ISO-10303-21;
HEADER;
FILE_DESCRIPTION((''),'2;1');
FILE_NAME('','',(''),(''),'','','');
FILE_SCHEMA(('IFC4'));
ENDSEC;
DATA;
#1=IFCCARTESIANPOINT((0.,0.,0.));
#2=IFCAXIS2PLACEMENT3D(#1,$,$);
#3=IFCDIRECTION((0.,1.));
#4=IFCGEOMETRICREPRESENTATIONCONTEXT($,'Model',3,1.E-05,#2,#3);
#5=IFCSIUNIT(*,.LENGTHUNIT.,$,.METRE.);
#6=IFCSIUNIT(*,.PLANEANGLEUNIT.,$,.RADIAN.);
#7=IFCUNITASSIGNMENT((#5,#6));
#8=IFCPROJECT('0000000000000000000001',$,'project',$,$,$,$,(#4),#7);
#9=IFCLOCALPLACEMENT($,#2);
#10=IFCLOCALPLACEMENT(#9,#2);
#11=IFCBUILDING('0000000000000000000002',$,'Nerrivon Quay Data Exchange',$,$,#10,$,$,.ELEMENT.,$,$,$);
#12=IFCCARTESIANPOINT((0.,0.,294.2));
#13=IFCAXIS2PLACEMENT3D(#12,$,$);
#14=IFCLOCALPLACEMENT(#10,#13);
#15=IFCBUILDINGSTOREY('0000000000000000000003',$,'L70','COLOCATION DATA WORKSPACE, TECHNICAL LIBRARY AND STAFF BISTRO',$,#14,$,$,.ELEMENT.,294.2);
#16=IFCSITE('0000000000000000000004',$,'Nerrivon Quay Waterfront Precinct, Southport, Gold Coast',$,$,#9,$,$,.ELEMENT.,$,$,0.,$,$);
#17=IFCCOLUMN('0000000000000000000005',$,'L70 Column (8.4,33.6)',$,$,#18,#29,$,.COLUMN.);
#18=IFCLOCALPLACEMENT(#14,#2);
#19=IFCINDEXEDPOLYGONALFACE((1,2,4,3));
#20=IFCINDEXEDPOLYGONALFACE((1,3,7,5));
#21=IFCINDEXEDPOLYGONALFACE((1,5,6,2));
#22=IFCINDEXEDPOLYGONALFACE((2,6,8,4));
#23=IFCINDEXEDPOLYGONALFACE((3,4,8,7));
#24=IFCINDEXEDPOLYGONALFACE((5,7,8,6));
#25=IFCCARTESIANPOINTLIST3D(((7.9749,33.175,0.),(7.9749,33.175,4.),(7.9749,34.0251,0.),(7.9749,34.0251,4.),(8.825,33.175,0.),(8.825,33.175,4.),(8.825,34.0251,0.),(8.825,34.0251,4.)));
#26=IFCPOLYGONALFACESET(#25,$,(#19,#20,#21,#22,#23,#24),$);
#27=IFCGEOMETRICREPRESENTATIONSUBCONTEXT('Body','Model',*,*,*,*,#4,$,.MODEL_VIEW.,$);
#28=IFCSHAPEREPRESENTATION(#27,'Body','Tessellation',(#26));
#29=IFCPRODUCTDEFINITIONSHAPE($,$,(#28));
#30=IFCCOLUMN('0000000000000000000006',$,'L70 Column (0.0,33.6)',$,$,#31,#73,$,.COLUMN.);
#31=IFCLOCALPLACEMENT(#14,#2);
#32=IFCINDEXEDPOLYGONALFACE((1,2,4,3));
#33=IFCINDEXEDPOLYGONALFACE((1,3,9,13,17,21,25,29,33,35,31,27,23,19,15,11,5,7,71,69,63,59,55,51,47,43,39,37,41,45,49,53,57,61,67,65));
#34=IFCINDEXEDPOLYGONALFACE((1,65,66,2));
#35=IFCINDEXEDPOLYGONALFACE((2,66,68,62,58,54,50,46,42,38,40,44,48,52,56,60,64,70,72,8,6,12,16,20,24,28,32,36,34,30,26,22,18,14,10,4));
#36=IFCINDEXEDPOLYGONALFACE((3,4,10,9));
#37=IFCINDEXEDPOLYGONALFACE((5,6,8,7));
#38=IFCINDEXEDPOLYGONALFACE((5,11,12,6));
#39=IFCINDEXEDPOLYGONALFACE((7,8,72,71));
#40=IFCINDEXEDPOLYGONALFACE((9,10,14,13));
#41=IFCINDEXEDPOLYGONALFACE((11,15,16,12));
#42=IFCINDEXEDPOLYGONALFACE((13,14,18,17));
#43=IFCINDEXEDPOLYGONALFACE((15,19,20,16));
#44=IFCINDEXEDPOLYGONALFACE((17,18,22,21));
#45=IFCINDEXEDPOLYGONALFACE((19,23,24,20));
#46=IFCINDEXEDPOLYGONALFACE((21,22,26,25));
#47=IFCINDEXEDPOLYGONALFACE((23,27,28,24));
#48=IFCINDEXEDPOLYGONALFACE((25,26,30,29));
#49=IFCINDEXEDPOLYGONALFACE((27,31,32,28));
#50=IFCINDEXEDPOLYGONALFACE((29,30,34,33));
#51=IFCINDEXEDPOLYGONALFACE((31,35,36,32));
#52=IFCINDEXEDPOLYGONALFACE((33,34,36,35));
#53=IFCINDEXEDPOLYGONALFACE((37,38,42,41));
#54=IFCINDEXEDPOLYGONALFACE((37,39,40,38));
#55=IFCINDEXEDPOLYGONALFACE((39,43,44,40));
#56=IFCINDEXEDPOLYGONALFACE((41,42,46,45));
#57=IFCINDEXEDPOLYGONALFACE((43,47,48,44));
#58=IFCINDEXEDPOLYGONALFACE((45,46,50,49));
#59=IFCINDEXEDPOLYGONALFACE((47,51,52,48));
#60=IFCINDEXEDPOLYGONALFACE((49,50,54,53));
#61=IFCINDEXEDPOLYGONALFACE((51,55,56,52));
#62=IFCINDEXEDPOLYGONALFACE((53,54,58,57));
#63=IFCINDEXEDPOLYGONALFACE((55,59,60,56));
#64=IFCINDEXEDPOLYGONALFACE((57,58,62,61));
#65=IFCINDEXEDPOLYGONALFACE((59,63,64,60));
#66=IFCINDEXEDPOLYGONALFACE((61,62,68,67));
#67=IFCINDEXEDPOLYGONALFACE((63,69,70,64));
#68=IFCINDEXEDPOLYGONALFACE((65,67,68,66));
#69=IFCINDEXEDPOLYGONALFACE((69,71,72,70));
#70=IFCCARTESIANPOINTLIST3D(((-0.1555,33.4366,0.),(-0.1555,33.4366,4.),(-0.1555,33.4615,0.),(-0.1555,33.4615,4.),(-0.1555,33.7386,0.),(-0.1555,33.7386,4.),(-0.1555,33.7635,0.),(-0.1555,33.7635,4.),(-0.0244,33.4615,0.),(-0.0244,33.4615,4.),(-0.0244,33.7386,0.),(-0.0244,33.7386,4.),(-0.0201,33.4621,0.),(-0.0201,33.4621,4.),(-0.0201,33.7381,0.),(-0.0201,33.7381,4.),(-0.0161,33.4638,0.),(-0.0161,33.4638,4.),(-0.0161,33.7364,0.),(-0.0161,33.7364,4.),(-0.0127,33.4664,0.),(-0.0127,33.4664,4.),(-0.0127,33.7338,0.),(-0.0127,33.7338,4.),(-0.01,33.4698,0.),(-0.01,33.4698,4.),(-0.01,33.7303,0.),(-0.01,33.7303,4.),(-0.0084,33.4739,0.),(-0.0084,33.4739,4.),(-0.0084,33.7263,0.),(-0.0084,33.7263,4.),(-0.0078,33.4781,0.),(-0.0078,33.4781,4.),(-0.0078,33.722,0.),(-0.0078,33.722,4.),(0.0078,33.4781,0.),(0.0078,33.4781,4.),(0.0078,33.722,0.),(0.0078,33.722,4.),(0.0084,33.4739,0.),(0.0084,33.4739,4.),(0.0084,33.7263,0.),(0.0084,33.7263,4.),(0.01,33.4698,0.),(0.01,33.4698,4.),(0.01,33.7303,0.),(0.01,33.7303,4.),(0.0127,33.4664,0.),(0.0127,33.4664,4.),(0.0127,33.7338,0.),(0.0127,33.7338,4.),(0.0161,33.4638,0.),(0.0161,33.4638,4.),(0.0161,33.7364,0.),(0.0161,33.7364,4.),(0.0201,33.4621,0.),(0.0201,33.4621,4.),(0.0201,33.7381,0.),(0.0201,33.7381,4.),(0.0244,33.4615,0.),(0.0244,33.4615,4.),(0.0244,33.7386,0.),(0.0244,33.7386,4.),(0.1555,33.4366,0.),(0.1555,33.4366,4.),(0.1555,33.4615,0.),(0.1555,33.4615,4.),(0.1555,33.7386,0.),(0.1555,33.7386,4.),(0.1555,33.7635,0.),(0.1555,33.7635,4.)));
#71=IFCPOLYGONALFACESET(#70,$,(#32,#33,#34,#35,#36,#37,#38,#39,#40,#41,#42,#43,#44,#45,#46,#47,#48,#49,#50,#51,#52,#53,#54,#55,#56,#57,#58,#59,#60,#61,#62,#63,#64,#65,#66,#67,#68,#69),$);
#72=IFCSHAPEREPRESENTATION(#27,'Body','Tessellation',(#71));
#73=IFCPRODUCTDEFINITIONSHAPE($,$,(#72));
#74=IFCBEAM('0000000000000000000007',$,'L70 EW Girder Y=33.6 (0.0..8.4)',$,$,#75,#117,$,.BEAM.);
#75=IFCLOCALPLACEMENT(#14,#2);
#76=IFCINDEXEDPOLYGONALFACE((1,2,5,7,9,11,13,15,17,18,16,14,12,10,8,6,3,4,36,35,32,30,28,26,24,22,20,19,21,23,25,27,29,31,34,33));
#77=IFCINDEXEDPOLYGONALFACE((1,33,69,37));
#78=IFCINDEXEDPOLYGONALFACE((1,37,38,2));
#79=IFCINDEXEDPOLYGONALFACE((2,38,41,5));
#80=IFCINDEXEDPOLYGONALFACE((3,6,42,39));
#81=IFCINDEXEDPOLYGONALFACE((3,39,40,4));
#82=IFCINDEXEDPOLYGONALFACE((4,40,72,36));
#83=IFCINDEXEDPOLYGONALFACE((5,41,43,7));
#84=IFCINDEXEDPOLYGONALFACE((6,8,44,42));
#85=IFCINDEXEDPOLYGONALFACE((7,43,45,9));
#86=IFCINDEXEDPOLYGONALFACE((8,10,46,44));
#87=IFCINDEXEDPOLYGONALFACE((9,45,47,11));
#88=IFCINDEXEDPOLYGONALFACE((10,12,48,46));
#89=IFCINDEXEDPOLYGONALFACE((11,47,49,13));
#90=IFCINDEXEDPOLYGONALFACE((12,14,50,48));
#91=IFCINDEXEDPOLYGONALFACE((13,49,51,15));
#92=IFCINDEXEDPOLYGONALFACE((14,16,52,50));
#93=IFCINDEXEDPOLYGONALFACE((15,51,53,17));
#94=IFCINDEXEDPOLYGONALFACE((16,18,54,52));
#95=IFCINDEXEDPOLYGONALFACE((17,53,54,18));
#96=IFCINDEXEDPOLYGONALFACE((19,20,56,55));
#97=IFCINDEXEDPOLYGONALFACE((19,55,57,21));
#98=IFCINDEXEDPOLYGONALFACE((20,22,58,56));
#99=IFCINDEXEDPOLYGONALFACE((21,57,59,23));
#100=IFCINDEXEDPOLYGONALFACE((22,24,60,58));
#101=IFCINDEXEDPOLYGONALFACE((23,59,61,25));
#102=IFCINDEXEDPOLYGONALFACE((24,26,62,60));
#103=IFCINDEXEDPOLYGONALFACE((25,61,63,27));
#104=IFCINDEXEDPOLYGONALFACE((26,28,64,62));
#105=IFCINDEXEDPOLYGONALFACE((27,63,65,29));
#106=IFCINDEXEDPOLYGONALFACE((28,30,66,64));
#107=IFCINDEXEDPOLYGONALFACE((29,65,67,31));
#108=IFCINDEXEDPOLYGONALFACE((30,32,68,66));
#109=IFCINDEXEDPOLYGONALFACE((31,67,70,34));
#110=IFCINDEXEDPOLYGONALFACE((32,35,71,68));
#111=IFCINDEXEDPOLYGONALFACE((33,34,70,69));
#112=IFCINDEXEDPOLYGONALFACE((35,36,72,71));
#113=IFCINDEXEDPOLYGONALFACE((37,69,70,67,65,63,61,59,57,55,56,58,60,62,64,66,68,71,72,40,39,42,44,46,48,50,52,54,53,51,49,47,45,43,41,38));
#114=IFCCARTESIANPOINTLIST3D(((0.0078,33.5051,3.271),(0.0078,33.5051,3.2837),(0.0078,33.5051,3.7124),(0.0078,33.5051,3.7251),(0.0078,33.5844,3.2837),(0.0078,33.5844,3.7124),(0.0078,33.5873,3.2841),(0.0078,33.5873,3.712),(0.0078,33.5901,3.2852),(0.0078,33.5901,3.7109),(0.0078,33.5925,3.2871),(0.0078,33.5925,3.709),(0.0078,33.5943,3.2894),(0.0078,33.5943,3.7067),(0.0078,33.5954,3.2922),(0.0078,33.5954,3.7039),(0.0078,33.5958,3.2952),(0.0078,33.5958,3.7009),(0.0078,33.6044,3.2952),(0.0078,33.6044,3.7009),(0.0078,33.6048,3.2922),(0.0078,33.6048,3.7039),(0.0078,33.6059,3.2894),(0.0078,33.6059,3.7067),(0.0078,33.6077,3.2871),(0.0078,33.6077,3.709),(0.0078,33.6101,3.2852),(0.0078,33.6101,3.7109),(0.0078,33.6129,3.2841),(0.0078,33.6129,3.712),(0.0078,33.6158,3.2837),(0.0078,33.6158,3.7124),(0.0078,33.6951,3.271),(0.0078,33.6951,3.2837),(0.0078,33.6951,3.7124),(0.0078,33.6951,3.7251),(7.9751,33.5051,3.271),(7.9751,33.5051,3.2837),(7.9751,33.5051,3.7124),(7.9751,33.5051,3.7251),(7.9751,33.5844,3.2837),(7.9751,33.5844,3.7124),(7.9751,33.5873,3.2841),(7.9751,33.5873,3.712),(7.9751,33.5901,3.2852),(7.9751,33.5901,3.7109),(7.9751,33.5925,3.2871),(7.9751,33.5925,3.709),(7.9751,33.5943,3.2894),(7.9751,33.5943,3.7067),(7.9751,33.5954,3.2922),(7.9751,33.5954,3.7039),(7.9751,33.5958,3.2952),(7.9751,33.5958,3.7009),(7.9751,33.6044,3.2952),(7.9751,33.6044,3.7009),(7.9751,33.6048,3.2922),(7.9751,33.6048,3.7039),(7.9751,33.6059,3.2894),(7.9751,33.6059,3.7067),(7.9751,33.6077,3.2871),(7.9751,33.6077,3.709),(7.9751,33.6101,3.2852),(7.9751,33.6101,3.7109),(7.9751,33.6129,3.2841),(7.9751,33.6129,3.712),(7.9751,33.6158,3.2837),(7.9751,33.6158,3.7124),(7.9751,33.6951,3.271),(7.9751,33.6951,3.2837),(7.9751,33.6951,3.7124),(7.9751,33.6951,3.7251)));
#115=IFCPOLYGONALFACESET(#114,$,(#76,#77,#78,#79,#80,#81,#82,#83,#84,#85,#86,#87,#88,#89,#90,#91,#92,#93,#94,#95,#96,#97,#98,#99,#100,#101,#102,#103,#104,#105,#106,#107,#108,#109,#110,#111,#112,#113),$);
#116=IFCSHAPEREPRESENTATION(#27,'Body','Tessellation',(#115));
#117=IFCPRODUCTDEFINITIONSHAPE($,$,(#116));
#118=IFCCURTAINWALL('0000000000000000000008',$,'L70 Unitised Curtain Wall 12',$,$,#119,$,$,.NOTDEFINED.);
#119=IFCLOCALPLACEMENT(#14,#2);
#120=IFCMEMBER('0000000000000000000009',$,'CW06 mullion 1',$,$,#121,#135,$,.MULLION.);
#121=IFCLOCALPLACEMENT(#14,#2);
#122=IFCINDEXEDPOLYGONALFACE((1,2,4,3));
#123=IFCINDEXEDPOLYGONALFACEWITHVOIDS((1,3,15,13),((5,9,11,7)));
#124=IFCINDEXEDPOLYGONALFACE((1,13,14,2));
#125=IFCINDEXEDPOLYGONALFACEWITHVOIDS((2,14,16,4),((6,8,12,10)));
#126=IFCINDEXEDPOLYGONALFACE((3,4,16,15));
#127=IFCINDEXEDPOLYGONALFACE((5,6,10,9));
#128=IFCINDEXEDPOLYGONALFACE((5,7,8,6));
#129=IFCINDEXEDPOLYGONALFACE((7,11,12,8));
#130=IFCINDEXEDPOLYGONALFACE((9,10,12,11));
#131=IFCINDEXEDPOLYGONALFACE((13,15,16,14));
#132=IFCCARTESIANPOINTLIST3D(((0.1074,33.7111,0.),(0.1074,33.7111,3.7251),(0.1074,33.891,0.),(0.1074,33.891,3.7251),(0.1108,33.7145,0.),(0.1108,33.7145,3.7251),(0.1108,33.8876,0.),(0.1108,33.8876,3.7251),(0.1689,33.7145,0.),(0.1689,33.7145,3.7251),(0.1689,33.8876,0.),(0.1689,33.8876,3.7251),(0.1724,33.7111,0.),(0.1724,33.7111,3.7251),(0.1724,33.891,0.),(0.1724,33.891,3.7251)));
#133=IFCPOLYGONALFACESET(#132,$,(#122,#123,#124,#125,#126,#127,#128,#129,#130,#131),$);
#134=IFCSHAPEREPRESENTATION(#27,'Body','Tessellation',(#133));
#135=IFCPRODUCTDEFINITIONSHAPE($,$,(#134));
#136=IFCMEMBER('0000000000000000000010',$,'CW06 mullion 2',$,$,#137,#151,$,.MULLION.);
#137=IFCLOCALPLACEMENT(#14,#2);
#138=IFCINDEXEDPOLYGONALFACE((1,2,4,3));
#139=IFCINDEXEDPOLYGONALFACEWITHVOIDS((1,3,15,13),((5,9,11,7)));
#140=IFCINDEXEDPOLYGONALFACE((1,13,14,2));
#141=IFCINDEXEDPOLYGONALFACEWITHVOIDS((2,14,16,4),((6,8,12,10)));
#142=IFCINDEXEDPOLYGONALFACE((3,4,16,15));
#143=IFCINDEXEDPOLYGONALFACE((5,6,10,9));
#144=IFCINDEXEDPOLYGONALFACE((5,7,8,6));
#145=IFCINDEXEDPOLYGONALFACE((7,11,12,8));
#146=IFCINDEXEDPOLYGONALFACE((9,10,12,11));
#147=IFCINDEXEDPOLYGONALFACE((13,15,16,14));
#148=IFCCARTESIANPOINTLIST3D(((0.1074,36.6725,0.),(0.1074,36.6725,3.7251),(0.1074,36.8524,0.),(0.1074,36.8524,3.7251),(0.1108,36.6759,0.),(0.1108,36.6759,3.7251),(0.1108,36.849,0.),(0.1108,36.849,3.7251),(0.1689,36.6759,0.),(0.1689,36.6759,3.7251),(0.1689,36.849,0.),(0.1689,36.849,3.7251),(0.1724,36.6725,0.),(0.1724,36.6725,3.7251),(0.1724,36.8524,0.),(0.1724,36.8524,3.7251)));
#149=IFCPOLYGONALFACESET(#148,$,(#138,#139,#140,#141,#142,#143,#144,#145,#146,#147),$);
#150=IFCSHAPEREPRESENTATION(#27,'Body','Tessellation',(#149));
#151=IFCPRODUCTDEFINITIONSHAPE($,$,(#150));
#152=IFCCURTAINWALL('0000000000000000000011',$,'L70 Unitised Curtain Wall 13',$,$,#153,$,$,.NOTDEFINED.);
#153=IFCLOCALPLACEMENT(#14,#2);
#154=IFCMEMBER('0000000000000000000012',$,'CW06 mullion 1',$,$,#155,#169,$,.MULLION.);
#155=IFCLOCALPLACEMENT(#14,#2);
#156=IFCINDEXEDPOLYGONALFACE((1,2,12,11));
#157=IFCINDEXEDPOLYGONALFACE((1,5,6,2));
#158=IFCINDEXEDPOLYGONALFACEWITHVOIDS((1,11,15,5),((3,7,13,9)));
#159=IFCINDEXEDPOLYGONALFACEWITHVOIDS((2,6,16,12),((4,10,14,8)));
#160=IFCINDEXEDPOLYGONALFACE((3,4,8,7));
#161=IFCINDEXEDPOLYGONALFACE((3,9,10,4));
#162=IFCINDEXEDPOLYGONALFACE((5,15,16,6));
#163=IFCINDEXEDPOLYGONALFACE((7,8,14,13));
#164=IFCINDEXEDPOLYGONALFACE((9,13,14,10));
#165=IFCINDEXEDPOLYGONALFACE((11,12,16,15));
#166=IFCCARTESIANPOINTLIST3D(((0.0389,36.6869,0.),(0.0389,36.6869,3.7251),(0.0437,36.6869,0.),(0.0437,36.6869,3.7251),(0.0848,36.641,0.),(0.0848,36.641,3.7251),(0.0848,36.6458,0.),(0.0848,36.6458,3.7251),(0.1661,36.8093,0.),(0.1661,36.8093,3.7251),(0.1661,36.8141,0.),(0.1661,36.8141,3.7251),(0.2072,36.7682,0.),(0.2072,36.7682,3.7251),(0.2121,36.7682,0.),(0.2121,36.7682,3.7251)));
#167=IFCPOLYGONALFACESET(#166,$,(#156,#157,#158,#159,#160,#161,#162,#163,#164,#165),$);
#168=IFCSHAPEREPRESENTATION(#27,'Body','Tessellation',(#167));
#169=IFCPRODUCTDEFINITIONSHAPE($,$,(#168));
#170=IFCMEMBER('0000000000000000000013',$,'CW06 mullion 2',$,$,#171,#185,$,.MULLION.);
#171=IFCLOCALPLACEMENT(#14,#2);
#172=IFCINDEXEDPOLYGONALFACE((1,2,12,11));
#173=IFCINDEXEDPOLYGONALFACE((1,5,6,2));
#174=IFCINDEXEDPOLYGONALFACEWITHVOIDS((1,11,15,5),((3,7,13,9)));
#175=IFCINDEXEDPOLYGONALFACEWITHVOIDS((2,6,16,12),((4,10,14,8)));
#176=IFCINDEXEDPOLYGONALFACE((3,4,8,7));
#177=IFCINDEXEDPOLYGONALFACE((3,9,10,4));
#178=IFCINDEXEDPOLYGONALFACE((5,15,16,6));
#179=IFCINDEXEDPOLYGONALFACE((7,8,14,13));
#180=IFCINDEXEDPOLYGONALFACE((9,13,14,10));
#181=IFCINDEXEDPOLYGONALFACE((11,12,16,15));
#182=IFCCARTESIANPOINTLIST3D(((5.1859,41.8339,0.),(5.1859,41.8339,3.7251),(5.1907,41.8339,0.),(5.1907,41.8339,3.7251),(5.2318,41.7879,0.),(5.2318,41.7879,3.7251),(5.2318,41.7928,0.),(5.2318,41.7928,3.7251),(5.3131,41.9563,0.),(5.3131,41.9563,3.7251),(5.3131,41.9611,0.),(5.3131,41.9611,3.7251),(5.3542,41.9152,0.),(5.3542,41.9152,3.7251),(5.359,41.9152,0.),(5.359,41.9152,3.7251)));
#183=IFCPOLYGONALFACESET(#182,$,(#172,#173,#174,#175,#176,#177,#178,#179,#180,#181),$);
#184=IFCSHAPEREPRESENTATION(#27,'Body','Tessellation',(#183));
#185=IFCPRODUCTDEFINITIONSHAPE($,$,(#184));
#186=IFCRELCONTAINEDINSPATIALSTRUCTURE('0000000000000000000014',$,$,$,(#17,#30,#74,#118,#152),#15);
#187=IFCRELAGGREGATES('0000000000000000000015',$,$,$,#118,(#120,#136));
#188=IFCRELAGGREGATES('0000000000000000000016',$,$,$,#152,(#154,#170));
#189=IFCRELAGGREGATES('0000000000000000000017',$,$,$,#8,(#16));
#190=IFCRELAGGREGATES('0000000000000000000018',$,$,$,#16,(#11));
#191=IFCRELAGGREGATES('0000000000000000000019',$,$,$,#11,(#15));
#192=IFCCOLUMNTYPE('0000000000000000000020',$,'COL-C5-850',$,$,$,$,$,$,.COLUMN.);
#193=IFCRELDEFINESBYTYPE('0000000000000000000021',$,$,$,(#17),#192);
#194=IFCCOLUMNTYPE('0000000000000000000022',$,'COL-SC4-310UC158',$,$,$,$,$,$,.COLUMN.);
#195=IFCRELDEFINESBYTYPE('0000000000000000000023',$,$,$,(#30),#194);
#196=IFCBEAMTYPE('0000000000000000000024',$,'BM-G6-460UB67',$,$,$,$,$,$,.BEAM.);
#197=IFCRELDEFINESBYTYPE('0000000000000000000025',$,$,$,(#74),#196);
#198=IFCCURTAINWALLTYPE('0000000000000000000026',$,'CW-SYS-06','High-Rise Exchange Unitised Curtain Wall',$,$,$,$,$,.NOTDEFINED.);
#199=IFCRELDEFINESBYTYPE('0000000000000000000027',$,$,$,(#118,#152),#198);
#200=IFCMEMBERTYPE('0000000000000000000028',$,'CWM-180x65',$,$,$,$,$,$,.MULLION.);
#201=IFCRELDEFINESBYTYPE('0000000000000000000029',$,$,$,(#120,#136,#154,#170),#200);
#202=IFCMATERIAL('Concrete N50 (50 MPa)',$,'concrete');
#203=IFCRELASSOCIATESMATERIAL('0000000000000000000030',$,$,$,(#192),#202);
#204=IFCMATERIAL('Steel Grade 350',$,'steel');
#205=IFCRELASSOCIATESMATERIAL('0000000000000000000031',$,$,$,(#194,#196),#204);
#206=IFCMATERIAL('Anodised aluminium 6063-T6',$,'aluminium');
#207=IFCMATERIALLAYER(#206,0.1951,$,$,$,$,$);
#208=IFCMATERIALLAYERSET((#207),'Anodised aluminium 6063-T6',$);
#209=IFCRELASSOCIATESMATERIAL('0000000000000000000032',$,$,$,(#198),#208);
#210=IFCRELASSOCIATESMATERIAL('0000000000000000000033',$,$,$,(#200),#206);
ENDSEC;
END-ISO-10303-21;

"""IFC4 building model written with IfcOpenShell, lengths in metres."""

from ifc_helpers import new_model, si_unit, direction, frame, origin, origin_2d, place, context, subcontext, project, spatial, rectangle, hollow_rectangle, i_section, extrude, material, layer, layer_set, material_profile, profile_set, type_object, element, aggregate, save


model = new_model("IFC4")

# Units and contexts
model_context = context("Model", 3, precision=1e-05, world=origin(), true_north=direction((0.0, 1.0)))
body_context = subcontext(model_context, "Body", "Model", "MODEL_VIEW")
ifc_project = project(units=[si_unit("LENGTHUNIT", "METRE"), si_unit("PLANEANGLEUNIT", "RADIAN")], contexts=[model_context])

# Site, building, storey
site_placement = place(None, origin())
site = spatial("IfcSite", under=ifc_project, at=site_placement, Name="Nerrivon Quay Waterfront Precinct, Southport, Gold Coast", CompositionType="ELEMENT", RefElevation=0.0)
building_placement = place(site_placement, origin())
building = spatial("IfcBuilding", under=site, at=building_placement, Name="Nerrivon Quay Data Exchange", CompositionType="ELEMENT")
storey_placement = place(building_placement, frame((0.0, 0.0, 294.2)))
storey = spatial("IfcBuildingStorey", under=building, at=storey_placement, Name="L70", Description="COLOCATION DATA WORKSPACE, TECHNICAL LIBRARY AND STAFF BISTRO", CompositionType="ELEMENT", Elevation=294.2)

# Columns
ifc_material_1 = material(Name="Concrete N50 (50 MPa)", Category="concrete")
ifc_material_profile_1 = material_profile(ifc_material_1, rectangle(XDim=0.8501, YDim=0.8501, at=origin_2d()), Name="RC-COL-850x850")
ifc_profile_set_1 = profile_set([ifc_material_profile_1], Name="Concrete N50 (50 MPa)")
column_type_1 = type_object("IfcColumnType", Name="COL-C5-850", PredefinedType="COLUMN", material=ifc_profile_set_1)
column_1_placement = place(storey_placement, frame((8.3999, 33.6001, 0.0), z_axis=(0.0, 0.0, 1.0), x_axis=(1.0, 0.0, 0.0)))
element("IfcColumn", 1, at=column_1_placement, inside=storey, type_object=column_type_1, Name="L70 Column (8.4,33.6)", PredefinedType="COLUMN", context=body_context, shape_type="SweptSolid", body=[
    extrude(rectangle(XDim=0.8501, YDim=0.8501, at=origin_2d()), origin(), (0.0, 0.0, 1.0), 4.0),
])
ifc_material_2 = material(Name="Steel Grade 350", Category="steel")
ifc_material_profile_2 = material_profile(ifc_material_2, i_section(OverallWidth=0.311, OverallDepth=0.3269, WebThickness=0.0156, FlangeThickness=0.0249, FilletRadius=0.0166, at=origin_2d()), Name="310UC158")
ifc_profile_set_2 = profile_set([ifc_material_profile_2], Name="Steel Grade 350")
column_type_2 = type_object("IfcColumnType", Name="COL-SC4-310UC158", PredefinedType="COLUMN", material=ifc_profile_set_2)
column_2_placement = place(storey_placement, frame((0.0, 33.6001, 0.0), z_axis=(0.0, 0.0, 1.0), x_axis=(1.0, 0.0, 0.0)))
element("IfcColumn", 2, at=column_2_placement, inside=storey, type_object=column_type_2, Name="L70 Column (0.0,33.6)", PredefinedType="COLUMN", context=body_context, shape_type="SweptSolid", body=[
    extrude(i_section(OverallWidth=0.311, OverallDepth=0.3269, WebThickness=0.0156, FlangeThickness=0.0249, FilletRadius=0.0166, at=origin_2d()), origin(), (0.0, 0.0, 1.0), 4.0),
])

# Beam
ifc_material_profile_3 = material_profile(ifc_material_2, i_section(OverallWidth=0.1899, OverallDepth=0.4541, WebThickness=0.0085, FlangeThickness=0.0127, FilletRadius=0.0115, at=origin_2d()), Name="460UB67.1")
ifc_profile_set_3 = profile_set([ifc_material_profile_3], Name="Steel Grade 350")
beam_type = type_object("IfcBeamType", Name="BM-G6-460UB67", PredefinedType="BEAM", material=ifc_profile_set_3)
beam_placement = place(storey_placement, frame((0.0078, 33.6001, 3.498), z_axis=(1.0, 0.0, 0.0), x_axis=(0.0, 1.0, 0.0)))
element("IfcBeam", 3, at=beam_placement, inside=storey, type_object=beam_type, Name="L70 EW Girder Y=33.6 (0.0..8.4)", PredefinedType="BEAM", context=body_context, shape_type="SweptSolid", body=[
    extrude(i_section(OverallWidth=0.1899, OverallDepth=0.4541, WebThickness=0.0085, FlangeThickness=0.0127, FilletRadius=0.0115, at=origin_2d()), origin(), (0.0, 0.0, 1.0), 7.9673),
])

# Curtain walls, members
ifc_material_3 = material(Name="Anodised aluminium 6063-T6", Category="aluminium")
ifc_layer_1 = layer(ifc_material_3, 0.1951)
ifc_layer_set_1 = layer_set([ifc_layer_1], Name="Anodised aluminium 6063-T6")
curtain_wall_type = type_object("IfcCurtainWallType", Name="CW-SYS-06", Description="High-Rise Exchange Unitised Curtain Wall", PredefinedType="NOTDEFINED", material=ifc_layer_set_1)
curtain_wall_1_placement = place(storey_placement, origin())
curtain_wall_1 = element("IfcCurtainWall", 4, at=curtain_wall_1_placement, inside=storey, type_object=curtain_wall_type, Name="L70 Unitised Curtain Wall 12", PredefinedType="NOTDEFINED")
ifc_material_profile_4 = material_profile(ifc_material_3, hollow_rectangle(XDim=0.0649, YDim=0.1799, WallThickness=0.0034, at=origin_2d()), Name="ALU-MULL-180x65")
ifc_profile_set_4 = profile_set([ifc_material_profile_4], Name="Anodised aluminium 6063-T6")
member_type_1 = type_object("IfcMemberType", Name="CWM-180x65", PredefinedType="MULLION", material=ifc_profile_set_4)
member_1_placement = place(storey_placement, frame((0.1399, 33.801, 0.0), z_axis=(0.0, 0.0, 1.0), x_axis=(-1.0, 0.0, 0.0)))
member_1 = element("IfcMember", 5, at=member_1_placement, type_object=member_type_1, Name="CW06 mullion 1", PredefinedType="MULLION", context=body_context, shape_type="SweptSolid", body=[
    extrude(hollow_rectangle(XDim=0.0649, YDim=0.1799, WallThickness=0.0034, at=origin_2d()), origin(), (0.0, 0.0, 1.0), 3.7251),
])
member_2_placement = place(storey_placement, frame((0.1399, 36.7625, 0.0), z_axis=(0.0, 0.0, 1.0), x_axis=(-1.0, 0.0, 0.0)))
member_2 = element("IfcMember", 6, at=member_2_placement, type_object=member_type_1, Name="CW06 mullion 2", PredefinedType="MULLION", context=body_context, shape_type="SweptSolid", body=[
    extrude(hollow_rectangle(XDim=0.0649, YDim=0.1799, WallThickness=0.0034, at=origin_2d()), origin(), (0.0, 0.0, 1.0), 3.7251),
])
curtain_wall_2_placement = place(storey_placement, origin())
curtain_wall_2 = element("IfcCurtainWall", 7, at=curtain_wall_2_placement, inside=storey, type_object=curtain_wall_type, Name="L70 Unitised Curtain Wall 13", PredefinedType="NOTDEFINED")
member_3_placement = place(storey_placement, frame((0.1255, 36.7275, 0.0), z_axis=(0.0, 0.0, 1.0), x_axis=(-0.707107, 0.707107, 0.0)))
member_3 = element("IfcMember", 8, at=member_3_placement, type_object=member_type_1, Name="CW06 mullion 1", PredefinedType="MULLION", context=body_context, shape_type="SweptSolid", body=[
    extrude(hollow_rectangle(XDim=0.0649, YDim=0.1799, WallThickness=0.0034, at=origin_2d()), origin(), (0.0, 0.0, 1.0), 3.7251),
])
member_4_placement = place(storey_placement, frame((5.2725, 41.8745, 0.0), z_axis=(0.0, 0.0, 1.0), x_axis=(-0.707107, 0.707107, 0.0)))
member_4 = element("IfcMember", 9, at=member_4_placement, type_object=member_type_1, Name="CW06 mullion 2", PredefinedType="MULLION", context=body_context, shape_type="SweptSolid", body=[
    extrude(hollow_rectangle(XDim=0.0649, YDim=0.1799, WallThickness=0.0034, at=origin_2d()), origin(), (0.0, 0.0, 1.0), 3.7251),
])

aggregate(curtain_wall_1, [member_1, member_2])
aggregate(curtain_wall_2, [member_3, member_4])

save(model, "model.ifc")
